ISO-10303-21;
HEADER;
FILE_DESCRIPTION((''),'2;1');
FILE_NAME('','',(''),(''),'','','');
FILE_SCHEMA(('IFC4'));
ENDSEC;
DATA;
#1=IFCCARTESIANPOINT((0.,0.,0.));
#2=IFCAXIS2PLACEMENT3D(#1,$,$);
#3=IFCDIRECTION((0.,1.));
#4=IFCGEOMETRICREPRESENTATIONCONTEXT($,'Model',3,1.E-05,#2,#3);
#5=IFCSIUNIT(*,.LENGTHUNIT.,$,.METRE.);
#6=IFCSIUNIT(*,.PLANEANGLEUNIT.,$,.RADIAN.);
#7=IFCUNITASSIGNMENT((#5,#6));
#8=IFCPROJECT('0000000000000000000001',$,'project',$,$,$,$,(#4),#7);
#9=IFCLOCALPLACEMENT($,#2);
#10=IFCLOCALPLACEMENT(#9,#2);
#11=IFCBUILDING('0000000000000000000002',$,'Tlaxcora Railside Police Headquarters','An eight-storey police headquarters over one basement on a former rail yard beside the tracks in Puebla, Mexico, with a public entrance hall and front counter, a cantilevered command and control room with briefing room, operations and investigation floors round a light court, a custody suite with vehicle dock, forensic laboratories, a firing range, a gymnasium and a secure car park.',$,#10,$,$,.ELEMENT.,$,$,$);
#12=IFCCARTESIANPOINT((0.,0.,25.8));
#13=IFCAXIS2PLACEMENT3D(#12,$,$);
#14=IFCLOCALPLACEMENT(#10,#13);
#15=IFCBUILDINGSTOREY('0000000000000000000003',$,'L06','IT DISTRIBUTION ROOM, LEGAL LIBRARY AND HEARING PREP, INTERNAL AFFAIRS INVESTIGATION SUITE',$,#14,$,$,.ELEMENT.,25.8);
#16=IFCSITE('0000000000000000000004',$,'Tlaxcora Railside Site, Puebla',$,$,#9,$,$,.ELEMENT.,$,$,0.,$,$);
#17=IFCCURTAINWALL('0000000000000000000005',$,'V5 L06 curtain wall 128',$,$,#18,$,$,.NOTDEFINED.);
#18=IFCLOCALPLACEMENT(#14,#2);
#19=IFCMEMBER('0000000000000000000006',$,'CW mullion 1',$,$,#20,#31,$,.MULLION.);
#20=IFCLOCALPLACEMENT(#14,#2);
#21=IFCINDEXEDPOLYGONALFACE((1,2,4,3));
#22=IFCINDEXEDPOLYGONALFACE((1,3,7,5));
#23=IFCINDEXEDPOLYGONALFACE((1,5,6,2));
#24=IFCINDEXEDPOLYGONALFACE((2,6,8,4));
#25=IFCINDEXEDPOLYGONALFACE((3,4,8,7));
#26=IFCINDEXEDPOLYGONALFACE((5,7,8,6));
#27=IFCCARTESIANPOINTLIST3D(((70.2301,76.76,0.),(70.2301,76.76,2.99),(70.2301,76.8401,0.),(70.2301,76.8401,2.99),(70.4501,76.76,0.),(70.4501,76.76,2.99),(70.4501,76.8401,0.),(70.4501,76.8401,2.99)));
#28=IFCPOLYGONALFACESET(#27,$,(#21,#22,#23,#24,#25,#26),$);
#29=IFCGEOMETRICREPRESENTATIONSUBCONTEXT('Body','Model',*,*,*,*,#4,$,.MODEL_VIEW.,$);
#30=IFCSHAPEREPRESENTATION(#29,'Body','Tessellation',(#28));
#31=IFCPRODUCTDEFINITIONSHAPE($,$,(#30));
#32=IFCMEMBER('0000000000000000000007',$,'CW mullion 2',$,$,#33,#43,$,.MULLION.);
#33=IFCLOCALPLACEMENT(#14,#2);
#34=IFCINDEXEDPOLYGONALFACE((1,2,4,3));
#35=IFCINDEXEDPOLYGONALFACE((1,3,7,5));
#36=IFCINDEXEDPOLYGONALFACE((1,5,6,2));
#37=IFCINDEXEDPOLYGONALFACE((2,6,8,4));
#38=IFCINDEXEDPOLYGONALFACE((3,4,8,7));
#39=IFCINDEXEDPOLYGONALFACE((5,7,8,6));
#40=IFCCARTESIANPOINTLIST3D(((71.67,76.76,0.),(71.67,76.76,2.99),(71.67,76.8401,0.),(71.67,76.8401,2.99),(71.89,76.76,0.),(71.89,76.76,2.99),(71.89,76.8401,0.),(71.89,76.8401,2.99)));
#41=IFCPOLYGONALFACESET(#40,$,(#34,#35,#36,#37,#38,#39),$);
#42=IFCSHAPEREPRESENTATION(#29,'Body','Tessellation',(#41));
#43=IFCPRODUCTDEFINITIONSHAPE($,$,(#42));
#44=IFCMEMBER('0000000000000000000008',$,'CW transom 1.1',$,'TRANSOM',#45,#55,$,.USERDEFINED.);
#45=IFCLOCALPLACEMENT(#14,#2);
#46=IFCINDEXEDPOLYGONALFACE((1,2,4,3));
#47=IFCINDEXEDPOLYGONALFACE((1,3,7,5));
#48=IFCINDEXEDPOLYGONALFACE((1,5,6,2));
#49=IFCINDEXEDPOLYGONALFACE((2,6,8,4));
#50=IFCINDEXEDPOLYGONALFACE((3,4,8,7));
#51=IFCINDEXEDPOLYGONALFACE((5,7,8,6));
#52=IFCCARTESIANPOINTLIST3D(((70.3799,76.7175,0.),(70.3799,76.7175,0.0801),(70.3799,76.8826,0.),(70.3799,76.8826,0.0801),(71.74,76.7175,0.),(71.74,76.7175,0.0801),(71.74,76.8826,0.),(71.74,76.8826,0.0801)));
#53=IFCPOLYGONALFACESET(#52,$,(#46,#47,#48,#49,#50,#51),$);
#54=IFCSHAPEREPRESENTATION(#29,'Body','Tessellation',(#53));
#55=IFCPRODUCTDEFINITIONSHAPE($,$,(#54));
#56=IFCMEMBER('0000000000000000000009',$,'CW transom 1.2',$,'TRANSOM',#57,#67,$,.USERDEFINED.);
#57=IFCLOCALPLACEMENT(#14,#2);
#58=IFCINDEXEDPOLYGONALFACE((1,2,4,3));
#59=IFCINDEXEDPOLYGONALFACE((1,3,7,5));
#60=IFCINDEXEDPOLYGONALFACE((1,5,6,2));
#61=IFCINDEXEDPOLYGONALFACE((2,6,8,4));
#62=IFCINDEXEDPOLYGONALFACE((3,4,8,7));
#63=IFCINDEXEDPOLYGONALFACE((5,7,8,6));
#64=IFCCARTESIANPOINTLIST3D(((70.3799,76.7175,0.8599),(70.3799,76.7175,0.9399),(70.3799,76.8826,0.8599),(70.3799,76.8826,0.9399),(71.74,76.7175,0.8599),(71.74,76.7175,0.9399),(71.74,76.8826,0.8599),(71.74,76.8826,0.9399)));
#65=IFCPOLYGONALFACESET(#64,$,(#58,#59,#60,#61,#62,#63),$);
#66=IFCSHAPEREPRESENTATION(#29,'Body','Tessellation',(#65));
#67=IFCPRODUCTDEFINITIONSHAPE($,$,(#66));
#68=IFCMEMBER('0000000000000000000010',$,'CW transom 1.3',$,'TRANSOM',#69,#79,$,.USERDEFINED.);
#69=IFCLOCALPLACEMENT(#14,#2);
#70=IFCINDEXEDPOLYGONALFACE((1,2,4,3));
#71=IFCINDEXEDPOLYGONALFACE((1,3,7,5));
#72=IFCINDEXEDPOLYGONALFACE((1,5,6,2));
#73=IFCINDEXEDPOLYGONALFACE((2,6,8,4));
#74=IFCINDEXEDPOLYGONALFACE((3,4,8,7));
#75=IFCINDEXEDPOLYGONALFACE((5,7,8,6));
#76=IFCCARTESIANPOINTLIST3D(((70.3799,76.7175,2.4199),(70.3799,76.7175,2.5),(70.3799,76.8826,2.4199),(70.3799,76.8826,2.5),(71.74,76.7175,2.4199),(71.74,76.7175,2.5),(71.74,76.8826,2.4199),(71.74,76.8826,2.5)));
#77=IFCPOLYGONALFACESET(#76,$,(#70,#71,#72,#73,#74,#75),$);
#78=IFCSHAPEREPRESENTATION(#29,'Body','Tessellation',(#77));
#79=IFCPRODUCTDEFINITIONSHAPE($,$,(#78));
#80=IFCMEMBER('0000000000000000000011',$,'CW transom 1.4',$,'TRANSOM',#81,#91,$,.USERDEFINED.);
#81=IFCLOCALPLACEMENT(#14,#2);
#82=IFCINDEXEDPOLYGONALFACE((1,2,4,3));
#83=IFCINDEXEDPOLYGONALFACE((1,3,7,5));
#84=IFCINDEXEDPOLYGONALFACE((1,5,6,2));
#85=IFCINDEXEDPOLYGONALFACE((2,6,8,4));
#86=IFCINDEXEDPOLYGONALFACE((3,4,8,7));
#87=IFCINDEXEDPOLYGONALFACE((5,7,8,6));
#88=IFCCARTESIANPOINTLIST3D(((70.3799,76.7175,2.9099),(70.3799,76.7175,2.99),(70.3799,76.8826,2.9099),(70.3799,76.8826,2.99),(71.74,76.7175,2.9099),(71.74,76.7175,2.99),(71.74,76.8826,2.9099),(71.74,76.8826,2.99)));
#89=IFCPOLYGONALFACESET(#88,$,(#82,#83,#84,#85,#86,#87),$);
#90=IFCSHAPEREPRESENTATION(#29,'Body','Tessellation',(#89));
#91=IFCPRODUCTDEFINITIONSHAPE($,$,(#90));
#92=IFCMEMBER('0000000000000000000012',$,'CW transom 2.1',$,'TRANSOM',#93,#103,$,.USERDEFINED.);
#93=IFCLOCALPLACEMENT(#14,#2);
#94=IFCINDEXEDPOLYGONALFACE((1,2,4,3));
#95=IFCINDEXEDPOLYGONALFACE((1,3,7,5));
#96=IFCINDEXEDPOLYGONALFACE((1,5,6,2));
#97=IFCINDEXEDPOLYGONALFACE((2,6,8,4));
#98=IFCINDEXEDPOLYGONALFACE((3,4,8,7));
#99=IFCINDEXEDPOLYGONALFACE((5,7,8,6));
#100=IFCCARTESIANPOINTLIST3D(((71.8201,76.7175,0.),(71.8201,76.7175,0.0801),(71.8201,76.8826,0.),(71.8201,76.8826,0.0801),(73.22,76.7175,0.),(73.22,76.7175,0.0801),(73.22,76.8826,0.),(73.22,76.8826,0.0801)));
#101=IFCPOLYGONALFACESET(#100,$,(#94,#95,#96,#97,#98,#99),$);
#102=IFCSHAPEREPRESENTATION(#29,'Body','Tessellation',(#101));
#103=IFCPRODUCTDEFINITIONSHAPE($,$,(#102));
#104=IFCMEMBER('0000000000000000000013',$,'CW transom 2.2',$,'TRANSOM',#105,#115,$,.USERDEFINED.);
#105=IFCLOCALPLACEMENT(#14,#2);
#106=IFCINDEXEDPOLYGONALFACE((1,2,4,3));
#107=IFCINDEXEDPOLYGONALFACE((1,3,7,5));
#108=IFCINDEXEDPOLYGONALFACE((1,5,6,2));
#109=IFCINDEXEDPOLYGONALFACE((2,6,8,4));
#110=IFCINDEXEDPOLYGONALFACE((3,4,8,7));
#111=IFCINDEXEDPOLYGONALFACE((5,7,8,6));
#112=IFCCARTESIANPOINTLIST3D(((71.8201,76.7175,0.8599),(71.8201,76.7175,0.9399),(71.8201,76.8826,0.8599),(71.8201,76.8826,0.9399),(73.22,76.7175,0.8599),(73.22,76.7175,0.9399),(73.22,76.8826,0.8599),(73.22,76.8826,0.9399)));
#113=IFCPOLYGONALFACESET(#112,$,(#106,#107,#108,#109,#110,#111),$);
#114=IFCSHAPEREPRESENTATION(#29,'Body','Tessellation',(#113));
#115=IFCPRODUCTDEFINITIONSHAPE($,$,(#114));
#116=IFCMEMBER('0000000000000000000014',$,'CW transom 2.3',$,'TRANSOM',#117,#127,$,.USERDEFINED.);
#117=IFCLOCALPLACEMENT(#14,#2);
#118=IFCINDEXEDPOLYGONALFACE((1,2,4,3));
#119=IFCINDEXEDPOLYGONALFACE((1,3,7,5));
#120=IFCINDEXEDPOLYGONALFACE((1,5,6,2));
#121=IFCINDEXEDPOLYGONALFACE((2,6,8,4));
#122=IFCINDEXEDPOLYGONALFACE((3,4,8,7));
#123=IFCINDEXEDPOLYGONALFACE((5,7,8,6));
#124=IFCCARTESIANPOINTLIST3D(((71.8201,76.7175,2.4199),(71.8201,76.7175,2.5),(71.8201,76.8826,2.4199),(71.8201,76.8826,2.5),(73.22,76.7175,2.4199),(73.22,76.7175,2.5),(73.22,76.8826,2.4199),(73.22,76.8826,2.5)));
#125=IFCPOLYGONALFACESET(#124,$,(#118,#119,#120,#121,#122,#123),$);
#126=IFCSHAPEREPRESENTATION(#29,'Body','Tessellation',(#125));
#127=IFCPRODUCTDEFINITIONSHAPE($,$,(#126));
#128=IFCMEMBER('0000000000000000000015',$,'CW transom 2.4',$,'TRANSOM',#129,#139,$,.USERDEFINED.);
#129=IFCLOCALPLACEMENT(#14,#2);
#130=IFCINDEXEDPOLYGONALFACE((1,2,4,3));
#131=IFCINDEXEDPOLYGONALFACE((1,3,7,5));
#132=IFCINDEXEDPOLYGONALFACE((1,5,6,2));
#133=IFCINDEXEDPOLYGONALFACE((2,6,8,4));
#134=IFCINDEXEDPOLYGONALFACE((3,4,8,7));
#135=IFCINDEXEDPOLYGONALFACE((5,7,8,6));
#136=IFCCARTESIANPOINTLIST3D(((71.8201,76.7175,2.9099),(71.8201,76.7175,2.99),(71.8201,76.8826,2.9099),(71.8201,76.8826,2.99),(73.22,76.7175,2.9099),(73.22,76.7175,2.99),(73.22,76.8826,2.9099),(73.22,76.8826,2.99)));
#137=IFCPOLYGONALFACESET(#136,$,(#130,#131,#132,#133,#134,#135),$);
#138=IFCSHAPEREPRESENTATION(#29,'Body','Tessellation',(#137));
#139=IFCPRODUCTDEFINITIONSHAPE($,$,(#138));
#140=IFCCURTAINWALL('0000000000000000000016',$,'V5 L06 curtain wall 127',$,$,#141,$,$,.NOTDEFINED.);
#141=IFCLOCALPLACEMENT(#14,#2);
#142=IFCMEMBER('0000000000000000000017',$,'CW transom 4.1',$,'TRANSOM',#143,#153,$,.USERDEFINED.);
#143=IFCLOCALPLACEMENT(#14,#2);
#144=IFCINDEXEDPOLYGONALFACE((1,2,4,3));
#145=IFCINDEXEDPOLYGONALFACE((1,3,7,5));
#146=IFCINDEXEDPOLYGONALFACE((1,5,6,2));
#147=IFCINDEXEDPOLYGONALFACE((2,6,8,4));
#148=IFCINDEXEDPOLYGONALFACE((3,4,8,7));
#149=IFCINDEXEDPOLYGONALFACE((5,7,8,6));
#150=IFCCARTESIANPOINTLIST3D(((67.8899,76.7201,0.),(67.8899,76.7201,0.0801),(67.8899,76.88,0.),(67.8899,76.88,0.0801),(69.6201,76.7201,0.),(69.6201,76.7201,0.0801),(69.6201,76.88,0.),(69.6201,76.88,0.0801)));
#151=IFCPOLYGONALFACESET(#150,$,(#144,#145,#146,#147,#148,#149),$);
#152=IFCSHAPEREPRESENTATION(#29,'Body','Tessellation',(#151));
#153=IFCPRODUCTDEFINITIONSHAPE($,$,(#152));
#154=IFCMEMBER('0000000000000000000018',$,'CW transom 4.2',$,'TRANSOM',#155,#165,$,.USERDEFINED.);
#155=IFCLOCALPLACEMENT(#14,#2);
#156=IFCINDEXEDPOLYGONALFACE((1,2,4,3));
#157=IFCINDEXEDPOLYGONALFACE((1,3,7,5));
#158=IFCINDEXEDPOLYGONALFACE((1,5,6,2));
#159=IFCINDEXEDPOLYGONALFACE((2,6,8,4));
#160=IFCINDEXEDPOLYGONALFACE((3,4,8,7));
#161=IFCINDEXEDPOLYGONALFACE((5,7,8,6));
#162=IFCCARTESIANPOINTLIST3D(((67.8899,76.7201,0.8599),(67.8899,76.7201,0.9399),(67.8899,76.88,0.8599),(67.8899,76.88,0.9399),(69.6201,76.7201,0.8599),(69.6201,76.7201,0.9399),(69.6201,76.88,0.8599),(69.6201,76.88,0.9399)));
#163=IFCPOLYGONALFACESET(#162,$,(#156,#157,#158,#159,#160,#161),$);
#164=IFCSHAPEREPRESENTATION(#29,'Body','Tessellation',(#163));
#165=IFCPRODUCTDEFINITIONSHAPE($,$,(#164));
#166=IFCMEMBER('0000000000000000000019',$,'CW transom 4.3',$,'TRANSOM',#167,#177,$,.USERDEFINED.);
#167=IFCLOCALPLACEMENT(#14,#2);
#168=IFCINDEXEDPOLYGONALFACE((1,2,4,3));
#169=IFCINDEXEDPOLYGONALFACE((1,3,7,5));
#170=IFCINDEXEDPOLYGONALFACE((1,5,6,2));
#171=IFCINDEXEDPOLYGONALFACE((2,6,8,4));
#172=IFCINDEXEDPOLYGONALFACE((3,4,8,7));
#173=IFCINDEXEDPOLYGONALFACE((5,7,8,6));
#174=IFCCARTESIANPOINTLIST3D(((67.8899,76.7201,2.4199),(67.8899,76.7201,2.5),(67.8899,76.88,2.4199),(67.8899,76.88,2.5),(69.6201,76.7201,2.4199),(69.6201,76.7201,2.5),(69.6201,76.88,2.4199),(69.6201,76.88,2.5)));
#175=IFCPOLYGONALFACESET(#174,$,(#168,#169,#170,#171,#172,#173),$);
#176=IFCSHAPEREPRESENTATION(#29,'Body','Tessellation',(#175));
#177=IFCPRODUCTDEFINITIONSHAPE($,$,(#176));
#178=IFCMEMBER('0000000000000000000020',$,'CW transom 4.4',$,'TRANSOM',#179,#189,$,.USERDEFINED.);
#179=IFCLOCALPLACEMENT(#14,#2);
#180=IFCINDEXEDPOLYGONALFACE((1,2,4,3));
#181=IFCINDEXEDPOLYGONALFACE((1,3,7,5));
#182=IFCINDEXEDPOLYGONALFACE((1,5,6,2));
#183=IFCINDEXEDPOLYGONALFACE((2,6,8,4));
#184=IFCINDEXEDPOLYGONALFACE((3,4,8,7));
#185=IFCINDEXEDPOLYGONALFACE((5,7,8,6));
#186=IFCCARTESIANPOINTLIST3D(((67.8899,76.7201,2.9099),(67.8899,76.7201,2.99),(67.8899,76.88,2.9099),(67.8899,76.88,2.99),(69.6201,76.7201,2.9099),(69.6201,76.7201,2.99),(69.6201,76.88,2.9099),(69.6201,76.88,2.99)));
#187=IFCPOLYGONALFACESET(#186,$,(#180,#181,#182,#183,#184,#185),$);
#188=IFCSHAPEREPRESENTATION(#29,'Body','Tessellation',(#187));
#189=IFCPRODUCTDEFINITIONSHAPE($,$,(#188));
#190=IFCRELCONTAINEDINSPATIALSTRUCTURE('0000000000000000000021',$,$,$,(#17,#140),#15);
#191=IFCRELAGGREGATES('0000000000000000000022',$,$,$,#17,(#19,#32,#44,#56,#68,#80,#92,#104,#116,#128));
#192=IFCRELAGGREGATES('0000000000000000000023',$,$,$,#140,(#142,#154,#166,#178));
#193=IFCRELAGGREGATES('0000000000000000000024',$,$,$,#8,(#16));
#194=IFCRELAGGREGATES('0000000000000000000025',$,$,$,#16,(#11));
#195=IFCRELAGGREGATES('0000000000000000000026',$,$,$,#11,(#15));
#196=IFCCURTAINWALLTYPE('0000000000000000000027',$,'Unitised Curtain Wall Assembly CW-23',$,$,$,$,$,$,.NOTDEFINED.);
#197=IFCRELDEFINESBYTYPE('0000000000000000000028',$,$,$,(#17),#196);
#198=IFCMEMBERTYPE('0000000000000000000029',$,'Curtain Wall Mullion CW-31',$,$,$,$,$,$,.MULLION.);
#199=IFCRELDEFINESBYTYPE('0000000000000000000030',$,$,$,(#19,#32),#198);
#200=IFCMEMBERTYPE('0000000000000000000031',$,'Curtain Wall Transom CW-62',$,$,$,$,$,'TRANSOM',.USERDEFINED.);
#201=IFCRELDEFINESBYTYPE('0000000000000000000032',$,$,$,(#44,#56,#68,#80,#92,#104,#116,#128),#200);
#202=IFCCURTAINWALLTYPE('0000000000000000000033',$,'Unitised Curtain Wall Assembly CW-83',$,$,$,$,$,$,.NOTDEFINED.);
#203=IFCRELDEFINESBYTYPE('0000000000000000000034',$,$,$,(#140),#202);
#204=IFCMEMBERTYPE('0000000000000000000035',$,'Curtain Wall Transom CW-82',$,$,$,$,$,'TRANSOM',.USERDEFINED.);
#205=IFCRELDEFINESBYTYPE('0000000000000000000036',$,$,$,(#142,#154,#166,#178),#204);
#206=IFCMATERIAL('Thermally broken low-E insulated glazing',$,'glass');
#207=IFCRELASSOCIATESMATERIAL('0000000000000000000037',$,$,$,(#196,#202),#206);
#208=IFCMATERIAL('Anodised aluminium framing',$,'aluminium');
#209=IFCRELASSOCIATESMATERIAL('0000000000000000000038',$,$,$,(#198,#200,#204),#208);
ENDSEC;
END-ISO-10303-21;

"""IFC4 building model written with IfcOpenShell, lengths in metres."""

from ifc_helpers import new_model, si_unit, direction, frame, origin, origin_2d, place, context, subcontext, project, spatial, rectangle, extrude, material, material_profile, profile_set, type_object, element, aggregate, save


model = new_model("IFC4")

# Units and contexts
model_context = context("Model", 3, precision=1e-05, world=origin(), true_north=direction((0.0, 1.0)))
body_context = subcontext(model_context, "Body", "Model", "MODEL_VIEW")
ifc_project = project(units=[si_unit("LENGTHUNIT", "METRE"), si_unit("PLANEANGLEUNIT", "RADIAN")], contexts=[model_context])

# Site, building, storey
site_placement = place(None, origin())
site = spatial("IfcSite", under=ifc_project, at=site_placement, Name="Tlaxcora Railside Site, Puebla", CompositionType="ELEMENT", RefElevation=0.0)
building_placement = place(site_placement, origin())
building = spatial("IfcBuilding", under=site, at=building_placement, Name="Tlaxcora Railside Police Headquarters", Description="An eight-storey police headquarters over one basement on a former rail yard beside the tracks in Puebla, Mexico, with a public entrance hall and front counter, a cantilevered command and control room with briefing room, operations and investigation floors round a light court, a custody suite with vehicle dock, forensic laboratories, a firing range, a gymnasium and a secure car park.", CompositionType="ELEMENT")
storey_placement = place(building_placement, frame((0.0, 0.0, 25.8)))
storey = spatial("IfcBuildingStorey", under=building, at=storey_placement, Name="L06", Description="IT DISTRIBUTION ROOM, LEGAL LIBRARY AND HEARING PREP, INTERNAL AFFAIRS INVESTIGATION SUITE", CompositionType="ELEMENT", Elevation=25.8)

# Curtain walls, members
ifc_material_1 = material(Name="Thermally broken low-E insulated glazing", Category="glass")
curtain_wall_type_1 = type_object("IfcCurtainWallType", Name="Unitised Curtain Wall Assembly CW-23", PredefinedType="NOTDEFINED", material=ifc_material_1)
curtain_wall_1_placement = place(storey_placement, origin())
curtain_wall_1 = element("IfcCurtainWall", 1, at=curtain_wall_1_placement, inside=storey, type_object=curtain_wall_type_1, Name="V5 L06 curtain wall 128", PredefinedType="NOTDEFINED")
ifc_material_2 = material(Name="Anodised aluminium framing", Category="aluminium")
ifc_material_profile_1 = material_profile(ifc_material_2, rectangle(XDim=0.0801, YDim=0.22, at=origin_2d()), Name="AL80X220")
ifc_profile_set_1 = profile_set([ifc_material_profile_1], Name="Anodised aluminium framing")
member_type_1 = type_object("IfcMemberType", Name="Curtain Wall Mullion CW-31", PredefinedType="MULLION", material=ifc_profile_set_1)
member_1_placement = place(storey_placement, frame((70.3401, 76.8, 0.0), z_axis=(0.0, 0.0, 1.0), x_axis=(0.0, 1.0, 0.0)))
member_1 = element("IfcMember", 2, at=member_1_placement, type_object=member_type_1, Name="CW mullion 1", PredefinedType="MULLION", context=body_context, shape_type="SweptSolid", body=[
    extrude(rectangle(XDim=0.0801, YDim=0.22, at=origin_2d()), origin(), (0.0, 0.0, 1.0), 2.99),
])
member_2_placement = place(storey_placement, frame((71.78, 76.8, 0.0), z_axis=(0.0, 0.0, 1.0), x_axis=(0.0, 1.0, 0.0)))
member_2 = element("IfcMember", 3, at=member_2_placement, type_object=member_type_1, Name="CW mullion 2", PredefinedType="MULLION", context=body_context, shape_type="SweptSolid", body=[
    extrude(rectangle(XDim=0.0801, YDim=0.22, at=origin_2d()), origin(), (0.0, 0.0, 1.0), 2.99),
])
ifc_material_profile_2 = material_profile(ifc_material_2, rectangle(XDim=0.165, YDim=0.0801, at=origin_2d()), Name="AL80X165")
ifc_profile_set_2 = profile_set([ifc_material_profile_2], Name="Anodised aluminium framing")
member_type_2 = type_object("IfcMemberType", Name="Curtain Wall Transom CW-62", ElementType="TRANSOM", PredefinedType="USERDEFINED", material=ifc_profile_set_2)
member_3_placement = place(storey_placement, frame((70.3799, 76.8, 0.04), z_axis=(1.0, 0.0, 0.0), x_axis=(0.0, 1.0, 0.0)))
member_3 = element("IfcMember", 4, at=member_3_placement, type_object=member_type_2, Name="CW transom 1.1", ObjectType="TRANSOM", PredefinedType="USERDEFINED", context=body_context, shape_type="SweptSolid", body=[
    extrude(rectangle(XDim=0.165, YDim=0.0801, at=origin_2d()), origin(), (0.0, 0.0, 1.0), 1.3601),
])
member_4_placement = place(storey_placement, frame((70.3799, 76.8, 0.8999), z_axis=(1.0, 0.0, 0.0), x_axis=(0.0, 1.0, 0.0)))
member_4 = element("IfcMember", 5, at=member_4_placement, type_object=member_type_2, Name="CW transom 1.2", ObjectType="TRANSOM", PredefinedType="USERDEFINED", context=body_context, shape_type="SweptSolid", body=[
    extrude(rectangle(XDim=0.165, YDim=0.0801, at=origin_2d()), origin(), (0.0, 0.0, 1.0), 1.3601),
])
member_5_placement = place(storey_placement, frame((70.3799, 76.8, 2.46), z_axis=(1.0, 0.0, 0.0), x_axis=(0.0, 1.0, 0.0)))
member_5 = element("IfcMember", 6, at=member_5_placement, type_object=member_type_2, Name="CW transom 1.3", ObjectType="TRANSOM", PredefinedType="USERDEFINED", context=body_context, shape_type="SweptSolid", body=[
    extrude(rectangle(XDim=0.165, YDim=0.0801, at=origin_2d()), origin(), (0.0, 0.0, 1.0), 1.3601),
])
member_6_placement = place(storey_placement, frame((70.3799, 76.8, 2.95), z_axis=(1.0, 0.0, 0.0), x_axis=(0.0, 1.0, 0.0)))
member_6 = element("IfcMember", 7, at=member_6_placement, type_object=member_type_2, Name="CW transom 1.4", ObjectType="TRANSOM", PredefinedType="USERDEFINED", context=body_context, shape_type="SweptSolid", body=[
    extrude(rectangle(XDim=0.165, YDim=0.0801, at=origin_2d()), origin(), (0.0, 0.0, 1.0), 1.3601),
])
member_7_placement = place(storey_placement, frame((71.8201, 76.8, 0.04), z_axis=(1.0, 0.0, 0.0), x_axis=(0.0, 1.0, 0.0)))
member_7 = element("IfcMember", 8, at=member_7_placement, type_object=member_type_2, Name="CW transom 2.1", ObjectType="TRANSOM", PredefinedType="USERDEFINED", context=body_context, shape_type="SweptSolid", body=[
    extrude(rectangle(XDim=0.165, YDim=0.0801, at=origin_2d()), origin(), (0.0, 0.0, 1.0), 1.3999),
])
member_8_placement = place(storey_placement, frame((71.8201, 76.8, 0.8999), z_axis=(1.0, 0.0, 0.0), x_axis=(0.0, 1.0, 0.0)))
member_8 = element("IfcMember", 9, at=member_8_placement, type_object=member_type_2, Name="CW transom 2.2", ObjectType="TRANSOM", PredefinedType="USERDEFINED", context=body_context, shape_type="SweptSolid", body=[
    extrude(rectangle(XDim=0.165, YDim=0.0801, at=origin_2d()), origin(), (0.0, 0.0, 1.0), 1.3999),
])
member_9_placement = place(storey_placement, frame((71.8201, 76.8, 2.46), z_axis=(1.0, 0.0, 0.0), x_axis=(0.0, 1.0, 0.0)))
member_9 = element("IfcMember", 10, at=member_9_placement, type_object=member_type_2, Name="CW transom 2.3", ObjectType="TRANSOM", PredefinedType="USERDEFINED", context=body_context, shape_type="SweptSolid", body=[
    extrude(rectangle(XDim=0.165, YDim=0.0801, at=origin_2d()), origin(), (0.0, 0.0, 1.0), 1.3999),
])
member_10_placement = place(storey_placement, frame((71.8201, 76.8, 2.95), z_axis=(1.0, 0.0, 0.0), x_axis=(0.0, 1.0, 0.0)))
member_10 = element("IfcMember", 11, at=member_10_placement, type_object=member_type_2, Name="CW transom 2.4", ObjectType="TRANSOM", PredefinedType="USERDEFINED", context=body_context, shape_type="SweptSolid", body=[
    extrude(rectangle(XDim=0.165, YDim=0.0801, at=origin_2d()), origin(), (0.0, 0.0, 1.0), 1.3999),
])
curtain_wall_type_2 = type_object("IfcCurtainWallType", Name="Unitised Curtain Wall Assembly CW-83", PredefinedType="NOTDEFINED", material=ifc_material_1)
curtain_wall_2_placement = place(storey_placement, origin())
curtain_wall_2 = element("IfcCurtainWall", 12, at=curtain_wall_2_placement, inside=storey, type_object=curtain_wall_type_2, Name="V5 L06 curtain wall 127", PredefinedType="NOTDEFINED")
ifc_material_profile_3 = material_profile(ifc_material_2, rectangle(XDim=0.1599, YDim=0.0801, at=origin_2d()), Name="AL80X160")
ifc_profile_set_3 = profile_set([ifc_material_profile_3], Name="Anodised aluminium framing")
member_type_3 = type_object("IfcMemberType", Name="Curtain Wall Transom CW-82", ElementType="TRANSOM", PredefinedType="USERDEFINED", material=ifc_profile_set_3)
member_11_placement = place(storey_placement, frame((67.8899, 76.8, 0.04), z_axis=(1.0, 0.0, 0.0), x_axis=(0.0, 1.0, 0.0)))
member_11 = element("IfcMember", 13, at=member_11_placement, type_object=member_type_3, Name="CW transom 4.1", ObjectType="TRANSOM", PredefinedType="USERDEFINED", context=body_context, shape_type="SweptSolid", body=[
    extrude(rectangle(XDim=0.1599, YDim=0.0801, at=origin_2d()), origin(), (0.0, 0.0, 1.0), 1.7302),
])
member_12_placement = place(storey_placement, frame((67.8899, 76.8, 0.8999), z_axis=(1.0, 0.0, 0.0), x_axis=(0.0, 1.0, 0.0)))
member_12 = element("IfcMember", 14, at=member_12_placement, type_object=member_type_3, Name="CW transom 4.2", ObjectType="TRANSOM", PredefinedType="USERDEFINED", context=body_context, shape_type="SweptSolid", body=[
    extrude(rectangle(XDim=0.1599, YDim=0.0801, at=origin_2d()), origin(), (0.0, 0.0, 1.0), 1.7302),
])
member_13_placement = place(storey_placement, frame((67.8899, 76.8, 2.46), z_axis=(1.0, 0.0, 0.0), x_axis=(0.0, 1.0, 0.0)))
member_13 = element("IfcMember", 15, at=member_13_placement, type_object=member_type_3, Name="CW transom 4.3", ObjectType="TRANSOM", PredefinedType="USERDEFINED", context=body_context, shape_type="SweptSolid", body=[
    extrude(rectangle(XDim=0.1599, YDim=0.0801, at=origin_2d()), origin(), (0.0, 0.0, 1.0), 1.7302),
])
member_14_placement = place(storey_placement, frame((67.8899, 76.8, 2.95), z_axis=(1.0, 0.0, 0.0), x_axis=(0.0, 1.0, 0.0)))
member_14 = element("IfcMember", 16, at=member_14_placement, type_object=member_type_3, Name="CW transom 4.4", ObjectType="TRANSOM", PredefinedType="USERDEFINED", context=body_context, shape_type="SweptSolid", body=[
    extrude(rectangle(XDim=0.1599, YDim=0.0801, at=origin_2d()), origin(), (0.0, 0.0, 1.0), 1.7302),
])

aggregate(curtain_wall_1, [member_1, member_2, member_3, member_4, member_5, member_6, member_7, member_8, member_9, member_10])
aggregate(curtain_wall_2, [member_11, member_12, member_13, member_14])

save(model, "model.ifc")
